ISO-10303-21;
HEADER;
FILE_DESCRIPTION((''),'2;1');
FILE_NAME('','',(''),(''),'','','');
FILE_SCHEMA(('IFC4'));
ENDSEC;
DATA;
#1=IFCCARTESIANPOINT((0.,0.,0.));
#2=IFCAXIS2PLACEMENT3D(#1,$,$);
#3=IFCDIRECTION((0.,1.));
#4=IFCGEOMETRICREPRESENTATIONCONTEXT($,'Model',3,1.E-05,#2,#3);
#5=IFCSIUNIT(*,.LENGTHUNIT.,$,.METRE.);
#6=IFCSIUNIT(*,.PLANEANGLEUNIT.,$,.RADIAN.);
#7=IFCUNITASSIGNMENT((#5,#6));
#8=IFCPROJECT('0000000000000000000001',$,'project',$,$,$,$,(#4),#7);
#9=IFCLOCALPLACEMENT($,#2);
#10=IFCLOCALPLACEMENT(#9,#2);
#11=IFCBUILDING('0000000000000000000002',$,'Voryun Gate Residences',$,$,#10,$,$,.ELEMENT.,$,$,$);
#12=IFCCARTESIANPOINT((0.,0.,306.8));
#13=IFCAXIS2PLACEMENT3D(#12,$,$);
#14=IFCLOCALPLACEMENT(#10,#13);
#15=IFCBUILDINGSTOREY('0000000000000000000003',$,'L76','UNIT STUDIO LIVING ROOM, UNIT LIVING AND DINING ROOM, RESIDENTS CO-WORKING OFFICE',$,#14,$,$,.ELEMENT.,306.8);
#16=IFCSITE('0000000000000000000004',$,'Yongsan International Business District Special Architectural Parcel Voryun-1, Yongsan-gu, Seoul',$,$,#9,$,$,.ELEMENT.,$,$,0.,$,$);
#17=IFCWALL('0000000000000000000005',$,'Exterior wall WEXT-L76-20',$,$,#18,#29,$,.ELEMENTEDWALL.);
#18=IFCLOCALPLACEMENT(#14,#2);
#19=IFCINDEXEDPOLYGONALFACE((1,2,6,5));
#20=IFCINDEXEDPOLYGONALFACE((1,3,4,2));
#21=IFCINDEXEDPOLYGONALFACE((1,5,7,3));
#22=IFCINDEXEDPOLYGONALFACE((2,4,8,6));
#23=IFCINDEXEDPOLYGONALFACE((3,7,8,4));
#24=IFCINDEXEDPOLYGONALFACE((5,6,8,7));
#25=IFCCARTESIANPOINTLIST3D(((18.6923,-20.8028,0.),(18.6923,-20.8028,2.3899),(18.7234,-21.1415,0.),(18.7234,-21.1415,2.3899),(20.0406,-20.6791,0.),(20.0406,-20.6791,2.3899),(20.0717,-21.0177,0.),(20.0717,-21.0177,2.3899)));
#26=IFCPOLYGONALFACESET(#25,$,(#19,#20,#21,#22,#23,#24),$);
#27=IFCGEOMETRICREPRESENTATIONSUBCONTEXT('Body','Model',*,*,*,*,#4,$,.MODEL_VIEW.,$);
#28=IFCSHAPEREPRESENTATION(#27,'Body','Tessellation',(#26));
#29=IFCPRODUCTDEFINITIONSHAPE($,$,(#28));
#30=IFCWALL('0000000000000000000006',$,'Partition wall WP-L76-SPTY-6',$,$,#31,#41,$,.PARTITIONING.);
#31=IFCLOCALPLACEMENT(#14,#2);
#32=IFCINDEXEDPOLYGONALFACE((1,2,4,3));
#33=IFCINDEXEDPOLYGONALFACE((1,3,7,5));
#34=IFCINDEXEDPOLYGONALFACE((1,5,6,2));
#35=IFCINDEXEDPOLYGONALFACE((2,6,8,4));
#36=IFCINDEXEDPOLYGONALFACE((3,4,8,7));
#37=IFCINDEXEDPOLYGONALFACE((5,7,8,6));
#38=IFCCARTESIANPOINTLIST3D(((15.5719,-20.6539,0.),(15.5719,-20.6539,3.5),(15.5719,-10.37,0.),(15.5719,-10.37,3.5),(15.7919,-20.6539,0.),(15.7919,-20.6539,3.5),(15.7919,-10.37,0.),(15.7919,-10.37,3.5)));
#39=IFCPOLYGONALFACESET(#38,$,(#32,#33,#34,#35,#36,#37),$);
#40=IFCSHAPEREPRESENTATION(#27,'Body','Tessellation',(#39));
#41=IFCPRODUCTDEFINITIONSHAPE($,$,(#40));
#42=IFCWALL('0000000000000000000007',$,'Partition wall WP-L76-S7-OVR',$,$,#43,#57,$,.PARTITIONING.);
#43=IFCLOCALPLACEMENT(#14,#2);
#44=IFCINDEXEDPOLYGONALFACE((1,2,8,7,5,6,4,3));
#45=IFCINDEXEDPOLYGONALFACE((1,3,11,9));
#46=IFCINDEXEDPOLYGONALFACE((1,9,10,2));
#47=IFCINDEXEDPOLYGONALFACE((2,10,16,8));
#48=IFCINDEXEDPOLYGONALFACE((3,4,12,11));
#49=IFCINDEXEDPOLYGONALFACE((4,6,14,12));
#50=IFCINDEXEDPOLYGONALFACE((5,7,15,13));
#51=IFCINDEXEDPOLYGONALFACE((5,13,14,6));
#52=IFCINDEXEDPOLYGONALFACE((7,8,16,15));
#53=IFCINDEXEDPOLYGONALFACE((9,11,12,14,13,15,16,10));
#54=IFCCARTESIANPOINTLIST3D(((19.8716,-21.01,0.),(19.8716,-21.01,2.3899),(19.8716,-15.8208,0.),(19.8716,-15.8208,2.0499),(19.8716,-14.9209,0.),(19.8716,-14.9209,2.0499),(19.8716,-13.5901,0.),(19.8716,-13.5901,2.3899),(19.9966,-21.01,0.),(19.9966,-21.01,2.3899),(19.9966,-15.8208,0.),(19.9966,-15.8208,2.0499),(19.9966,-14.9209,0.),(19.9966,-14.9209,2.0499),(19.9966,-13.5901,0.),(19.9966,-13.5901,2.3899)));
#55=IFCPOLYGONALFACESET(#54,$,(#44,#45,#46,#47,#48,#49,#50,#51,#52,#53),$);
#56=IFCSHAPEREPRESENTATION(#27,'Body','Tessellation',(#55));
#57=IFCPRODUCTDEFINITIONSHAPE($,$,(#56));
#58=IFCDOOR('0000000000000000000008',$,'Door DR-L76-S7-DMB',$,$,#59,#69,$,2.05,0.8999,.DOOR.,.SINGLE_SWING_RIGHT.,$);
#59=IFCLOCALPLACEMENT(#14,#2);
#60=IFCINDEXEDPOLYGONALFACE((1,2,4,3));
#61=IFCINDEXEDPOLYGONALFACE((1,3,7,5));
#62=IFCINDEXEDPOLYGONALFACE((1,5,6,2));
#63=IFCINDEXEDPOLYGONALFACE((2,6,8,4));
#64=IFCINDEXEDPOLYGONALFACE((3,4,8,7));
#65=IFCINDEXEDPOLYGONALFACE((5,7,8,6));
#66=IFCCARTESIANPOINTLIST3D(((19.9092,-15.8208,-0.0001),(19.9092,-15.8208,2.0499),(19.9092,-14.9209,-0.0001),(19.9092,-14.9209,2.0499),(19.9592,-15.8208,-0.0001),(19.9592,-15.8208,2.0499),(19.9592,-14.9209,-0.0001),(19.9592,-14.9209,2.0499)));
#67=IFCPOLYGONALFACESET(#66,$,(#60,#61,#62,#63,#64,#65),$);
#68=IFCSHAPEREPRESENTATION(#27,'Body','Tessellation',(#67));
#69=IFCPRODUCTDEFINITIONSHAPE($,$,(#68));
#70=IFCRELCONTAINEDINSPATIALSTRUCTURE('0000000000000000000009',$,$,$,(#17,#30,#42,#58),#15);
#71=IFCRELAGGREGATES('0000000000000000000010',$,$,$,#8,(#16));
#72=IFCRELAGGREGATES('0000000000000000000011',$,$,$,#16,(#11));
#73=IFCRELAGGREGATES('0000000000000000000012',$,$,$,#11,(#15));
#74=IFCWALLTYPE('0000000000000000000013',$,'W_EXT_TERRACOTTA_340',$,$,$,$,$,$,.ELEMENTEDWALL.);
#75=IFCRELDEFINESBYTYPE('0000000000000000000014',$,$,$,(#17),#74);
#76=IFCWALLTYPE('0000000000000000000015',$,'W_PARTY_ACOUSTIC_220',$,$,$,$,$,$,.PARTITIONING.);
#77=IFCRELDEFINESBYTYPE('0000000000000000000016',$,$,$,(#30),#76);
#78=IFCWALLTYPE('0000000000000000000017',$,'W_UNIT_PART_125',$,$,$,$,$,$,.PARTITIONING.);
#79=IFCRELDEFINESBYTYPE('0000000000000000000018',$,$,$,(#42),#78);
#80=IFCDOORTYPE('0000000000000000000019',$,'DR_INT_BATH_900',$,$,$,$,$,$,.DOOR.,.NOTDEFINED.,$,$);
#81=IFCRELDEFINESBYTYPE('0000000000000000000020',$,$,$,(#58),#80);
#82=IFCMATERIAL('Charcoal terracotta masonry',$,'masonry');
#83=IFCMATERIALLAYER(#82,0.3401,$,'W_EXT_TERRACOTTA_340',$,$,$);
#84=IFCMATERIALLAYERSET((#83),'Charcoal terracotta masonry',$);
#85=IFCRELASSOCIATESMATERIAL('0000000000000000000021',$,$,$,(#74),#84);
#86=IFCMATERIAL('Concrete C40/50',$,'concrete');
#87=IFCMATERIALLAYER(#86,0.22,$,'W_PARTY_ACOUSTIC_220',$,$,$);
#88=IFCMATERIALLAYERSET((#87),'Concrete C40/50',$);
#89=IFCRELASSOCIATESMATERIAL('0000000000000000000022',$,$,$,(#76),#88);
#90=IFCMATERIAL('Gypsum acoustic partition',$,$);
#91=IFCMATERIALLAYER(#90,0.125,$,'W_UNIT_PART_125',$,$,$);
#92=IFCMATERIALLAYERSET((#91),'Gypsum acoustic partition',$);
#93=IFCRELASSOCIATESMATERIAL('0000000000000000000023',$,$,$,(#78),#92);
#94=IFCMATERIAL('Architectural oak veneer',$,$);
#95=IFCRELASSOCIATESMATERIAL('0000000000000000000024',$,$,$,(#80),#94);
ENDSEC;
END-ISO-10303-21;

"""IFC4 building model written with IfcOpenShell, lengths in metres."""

from ifc_helpers import new_model, si_unit, direction, frame, frame_2d, origin, place, context, subcontext, project, spatial, rectangle, extrude, material, layer, layer_set, type_object, element, fill, save


model = new_model("IFC4")

# Units and contexts
model_context = context("Model", 3, precision=1e-05, world=origin(), true_north=direction((0.0, 1.0)))
body_context = subcontext(model_context, "Body", "Model", "MODEL_VIEW")
ifc_project = project(units=[si_unit("LENGTHUNIT", "METRE"), si_unit("PLANEANGLEUNIT", "RADIAN")], contexts=[model_context])

# Site, building, storey
site_placement = place(None, origin())
site = spatial("IfcSite", under=ifc_project, at=site_placement, Name="Yongsan International Business District Special Architectural Parcel Voryun-1, Yongsan-gu, Seoul", CompositionType="ELEMENT", RefElevation=0.0)
building_placement = place(site_placement, origin())
building = spatial("IfcBuilding", under=site, at=building_placement, Name="Voryun Gate Residences", CompositionType="ELEMENT")
storey_placement = place(building_placement, frame((0.0, 0.0, 306.8)))
storey = spatial("IfcBuildingStorey", under=building, at=storey_placement, Name="L76", Description="UNIT STUDIO LIVING ROOM, UNIT LIVING AND DINING ROOM, RESIDENTS CO-WORKING OFFICE", CompositionType="ELEMENT", Elevation=306.8)

# Shared definitions
ifc_material_1 = material(Name="Charcoal terracotta masonry", Category="masonry")
ifc_layer_1 = layer(ifc_material_1, 0.3401, Name="W_EXT_TERRACOTTA_340")
ifc_layer_set_1 = layer_set([ifc_layer_1], Name="Charcoal terracotta masonry")
wall_type_1 = type_object("IfcWallType", Name="W_EXT_TERRACOTTA_340", PredefinedType="ELEMENTEDWALL", material=ifc_layer_set_1)

# Walls
wall_1_placement = place(storey_placement, frame((20.0562, -20.8484, 0.0), z_axis=(0.0, 0.0, 1.0), x_axis=(-0.995813, -0.091414, 0.0)))
element("IfcWall", 1, at=wall_1_placement, inside=storey, type_object=wall_type_1, Name="Exterior wall WEXT-L76-20", PredefinedType="ELEMENTEDWALL", context=body_context, shape_type="SweptSolid", body=[
    extrude(rectangle(XDim=1.354, YDim=0.3401, at=frame_2d((0.677, 0.0))), origin(), (0.0, 0.0, 1.0), 2.3899),
])
ifc_material_2 = material(Name="Concrete C40/50", Category="concrete")
ifc_layer_2 = layer(ifc_material_2, 0.22, Name="W_PARTY_ACOUSTIC_220")
ifc_layer_set_2 = layer_set([ifc_layer_2], Name="Concrete C40/50")
wall_type_2 = type_object("IfcWallType", Name="W_PARTY_ACOUSTIC_220", PredefinedType="PARTITIONING", material=ifc_layer_set_2)
wall_2_placement = place(storey_placement, frame((15.6819, -20.6541, 0.0), z_axis=(0.0, 0.0, 1.0), x_axis=(0.0, 1.0, 0.0)))
element("IfcWall", 2, at=wall_2_placement, inside=storey, type_object=wall_type_2, Name="Partition wall WP-L76-SPTY-6", PredefinedType="PARTITIONING", context=body_context, shape_type="SweptSolid", body=[
    extrude(rectangle(XDim=10.2839, YDim=0.22, at=frame_2d((5.1421, 0.0))), origin(), (0.0, 0.0, 1.0), 3.5),
])

# Wall, opening, door
ifc_material_3 = material(Name="Gypsum acoustic partition")
ifc_layer_3 = layer(ifc_material_3, 0.125, Name="W_UNIT_PART_125")
ifc_layer_set_3 = layer_set([ifc_layer_3], Name="Gypsum acoustic partition")
wall_type_3 = type_object("IfcWallType", Name="W_UNIT_PART_125", PredefinedType="PARTITIONING", material=ifc_layer_set_3)
wall_3_placement = place(storey_placement, frame((19.9341, -21.01, 0.0), z_axis=(0.0, 0.0, 1.0), x_axis=(0.0, 1.0, 0.0)))
wall_3 = element("IfcWall", 3, at=wall_3_placement, inside=storey, type_object=wall_type_3, Name="Partition wall WP-L76-S7-OVR", PredefinedType="PARTITIONING", context=body_context, shape_type="SweptSolid", body=[
    extrude(rectangle(XDim=7.4199, YDim=0.125, at=frame_2d((3.71, 0.0))), origin(), (0.0, 0.0, 1.0), 2.3899),
])
opening_1_placement = place(wall_3_placement, frame((5.1892, 0.0, 0.0)))
opening_1 = element("IfcOpeningElement", 4, at=opening_1_placement, cuts=wall_3, PredefinedType="OPENING", context=body_context, shape_type="SweptSolid", body=[
    extrude(rectangle(XDim=0.8999, YDim=2.05, at=frame_2d((0.45, 1.0249))), frame((0.0, 0.0725, 0.0), z_axis=(0.0, -1.0, 0.0), x_axis=(1.0, 0.0, 0.0)), (0.0, 0.0, 1.0), 0.145),
])
ifc_material_4 = material(Name="Architectural oak veneer")
door_type = type_object("IfcDoorType", Name="DR_INT_BATH_900", OperationType="NOTDEFINED", PredefinedType="DOOR", material=ifc_material_4)
door_placement = place(opening_1_placement, origin())
door = element("IfcDoor", 5, at=door_placement, inside=storey, type_object=door_type, Name="Door DR-L76-S7-DMB", OperationType="SINGLE_SWING_RIGHT", OverallHeight=2.05, OverallWidth=0.8999, PredefinedType="DOOR", context=body_context, shape_type="SweptSolid", body=[
    extrude(rectangle(XDim=0.8999, YDim=2.05, at=frame_2d((0.45, 1.0249))), frame((0.0, 0.0249, 0.0), z_axis=(0.0, -1.0, 0.0), x_axis=(1.0, 0.0, 0.0)), (0.0, 0.0, 1.0), 0.05),
])
fill(opening_1, door)

save(model, "model.ifc")
